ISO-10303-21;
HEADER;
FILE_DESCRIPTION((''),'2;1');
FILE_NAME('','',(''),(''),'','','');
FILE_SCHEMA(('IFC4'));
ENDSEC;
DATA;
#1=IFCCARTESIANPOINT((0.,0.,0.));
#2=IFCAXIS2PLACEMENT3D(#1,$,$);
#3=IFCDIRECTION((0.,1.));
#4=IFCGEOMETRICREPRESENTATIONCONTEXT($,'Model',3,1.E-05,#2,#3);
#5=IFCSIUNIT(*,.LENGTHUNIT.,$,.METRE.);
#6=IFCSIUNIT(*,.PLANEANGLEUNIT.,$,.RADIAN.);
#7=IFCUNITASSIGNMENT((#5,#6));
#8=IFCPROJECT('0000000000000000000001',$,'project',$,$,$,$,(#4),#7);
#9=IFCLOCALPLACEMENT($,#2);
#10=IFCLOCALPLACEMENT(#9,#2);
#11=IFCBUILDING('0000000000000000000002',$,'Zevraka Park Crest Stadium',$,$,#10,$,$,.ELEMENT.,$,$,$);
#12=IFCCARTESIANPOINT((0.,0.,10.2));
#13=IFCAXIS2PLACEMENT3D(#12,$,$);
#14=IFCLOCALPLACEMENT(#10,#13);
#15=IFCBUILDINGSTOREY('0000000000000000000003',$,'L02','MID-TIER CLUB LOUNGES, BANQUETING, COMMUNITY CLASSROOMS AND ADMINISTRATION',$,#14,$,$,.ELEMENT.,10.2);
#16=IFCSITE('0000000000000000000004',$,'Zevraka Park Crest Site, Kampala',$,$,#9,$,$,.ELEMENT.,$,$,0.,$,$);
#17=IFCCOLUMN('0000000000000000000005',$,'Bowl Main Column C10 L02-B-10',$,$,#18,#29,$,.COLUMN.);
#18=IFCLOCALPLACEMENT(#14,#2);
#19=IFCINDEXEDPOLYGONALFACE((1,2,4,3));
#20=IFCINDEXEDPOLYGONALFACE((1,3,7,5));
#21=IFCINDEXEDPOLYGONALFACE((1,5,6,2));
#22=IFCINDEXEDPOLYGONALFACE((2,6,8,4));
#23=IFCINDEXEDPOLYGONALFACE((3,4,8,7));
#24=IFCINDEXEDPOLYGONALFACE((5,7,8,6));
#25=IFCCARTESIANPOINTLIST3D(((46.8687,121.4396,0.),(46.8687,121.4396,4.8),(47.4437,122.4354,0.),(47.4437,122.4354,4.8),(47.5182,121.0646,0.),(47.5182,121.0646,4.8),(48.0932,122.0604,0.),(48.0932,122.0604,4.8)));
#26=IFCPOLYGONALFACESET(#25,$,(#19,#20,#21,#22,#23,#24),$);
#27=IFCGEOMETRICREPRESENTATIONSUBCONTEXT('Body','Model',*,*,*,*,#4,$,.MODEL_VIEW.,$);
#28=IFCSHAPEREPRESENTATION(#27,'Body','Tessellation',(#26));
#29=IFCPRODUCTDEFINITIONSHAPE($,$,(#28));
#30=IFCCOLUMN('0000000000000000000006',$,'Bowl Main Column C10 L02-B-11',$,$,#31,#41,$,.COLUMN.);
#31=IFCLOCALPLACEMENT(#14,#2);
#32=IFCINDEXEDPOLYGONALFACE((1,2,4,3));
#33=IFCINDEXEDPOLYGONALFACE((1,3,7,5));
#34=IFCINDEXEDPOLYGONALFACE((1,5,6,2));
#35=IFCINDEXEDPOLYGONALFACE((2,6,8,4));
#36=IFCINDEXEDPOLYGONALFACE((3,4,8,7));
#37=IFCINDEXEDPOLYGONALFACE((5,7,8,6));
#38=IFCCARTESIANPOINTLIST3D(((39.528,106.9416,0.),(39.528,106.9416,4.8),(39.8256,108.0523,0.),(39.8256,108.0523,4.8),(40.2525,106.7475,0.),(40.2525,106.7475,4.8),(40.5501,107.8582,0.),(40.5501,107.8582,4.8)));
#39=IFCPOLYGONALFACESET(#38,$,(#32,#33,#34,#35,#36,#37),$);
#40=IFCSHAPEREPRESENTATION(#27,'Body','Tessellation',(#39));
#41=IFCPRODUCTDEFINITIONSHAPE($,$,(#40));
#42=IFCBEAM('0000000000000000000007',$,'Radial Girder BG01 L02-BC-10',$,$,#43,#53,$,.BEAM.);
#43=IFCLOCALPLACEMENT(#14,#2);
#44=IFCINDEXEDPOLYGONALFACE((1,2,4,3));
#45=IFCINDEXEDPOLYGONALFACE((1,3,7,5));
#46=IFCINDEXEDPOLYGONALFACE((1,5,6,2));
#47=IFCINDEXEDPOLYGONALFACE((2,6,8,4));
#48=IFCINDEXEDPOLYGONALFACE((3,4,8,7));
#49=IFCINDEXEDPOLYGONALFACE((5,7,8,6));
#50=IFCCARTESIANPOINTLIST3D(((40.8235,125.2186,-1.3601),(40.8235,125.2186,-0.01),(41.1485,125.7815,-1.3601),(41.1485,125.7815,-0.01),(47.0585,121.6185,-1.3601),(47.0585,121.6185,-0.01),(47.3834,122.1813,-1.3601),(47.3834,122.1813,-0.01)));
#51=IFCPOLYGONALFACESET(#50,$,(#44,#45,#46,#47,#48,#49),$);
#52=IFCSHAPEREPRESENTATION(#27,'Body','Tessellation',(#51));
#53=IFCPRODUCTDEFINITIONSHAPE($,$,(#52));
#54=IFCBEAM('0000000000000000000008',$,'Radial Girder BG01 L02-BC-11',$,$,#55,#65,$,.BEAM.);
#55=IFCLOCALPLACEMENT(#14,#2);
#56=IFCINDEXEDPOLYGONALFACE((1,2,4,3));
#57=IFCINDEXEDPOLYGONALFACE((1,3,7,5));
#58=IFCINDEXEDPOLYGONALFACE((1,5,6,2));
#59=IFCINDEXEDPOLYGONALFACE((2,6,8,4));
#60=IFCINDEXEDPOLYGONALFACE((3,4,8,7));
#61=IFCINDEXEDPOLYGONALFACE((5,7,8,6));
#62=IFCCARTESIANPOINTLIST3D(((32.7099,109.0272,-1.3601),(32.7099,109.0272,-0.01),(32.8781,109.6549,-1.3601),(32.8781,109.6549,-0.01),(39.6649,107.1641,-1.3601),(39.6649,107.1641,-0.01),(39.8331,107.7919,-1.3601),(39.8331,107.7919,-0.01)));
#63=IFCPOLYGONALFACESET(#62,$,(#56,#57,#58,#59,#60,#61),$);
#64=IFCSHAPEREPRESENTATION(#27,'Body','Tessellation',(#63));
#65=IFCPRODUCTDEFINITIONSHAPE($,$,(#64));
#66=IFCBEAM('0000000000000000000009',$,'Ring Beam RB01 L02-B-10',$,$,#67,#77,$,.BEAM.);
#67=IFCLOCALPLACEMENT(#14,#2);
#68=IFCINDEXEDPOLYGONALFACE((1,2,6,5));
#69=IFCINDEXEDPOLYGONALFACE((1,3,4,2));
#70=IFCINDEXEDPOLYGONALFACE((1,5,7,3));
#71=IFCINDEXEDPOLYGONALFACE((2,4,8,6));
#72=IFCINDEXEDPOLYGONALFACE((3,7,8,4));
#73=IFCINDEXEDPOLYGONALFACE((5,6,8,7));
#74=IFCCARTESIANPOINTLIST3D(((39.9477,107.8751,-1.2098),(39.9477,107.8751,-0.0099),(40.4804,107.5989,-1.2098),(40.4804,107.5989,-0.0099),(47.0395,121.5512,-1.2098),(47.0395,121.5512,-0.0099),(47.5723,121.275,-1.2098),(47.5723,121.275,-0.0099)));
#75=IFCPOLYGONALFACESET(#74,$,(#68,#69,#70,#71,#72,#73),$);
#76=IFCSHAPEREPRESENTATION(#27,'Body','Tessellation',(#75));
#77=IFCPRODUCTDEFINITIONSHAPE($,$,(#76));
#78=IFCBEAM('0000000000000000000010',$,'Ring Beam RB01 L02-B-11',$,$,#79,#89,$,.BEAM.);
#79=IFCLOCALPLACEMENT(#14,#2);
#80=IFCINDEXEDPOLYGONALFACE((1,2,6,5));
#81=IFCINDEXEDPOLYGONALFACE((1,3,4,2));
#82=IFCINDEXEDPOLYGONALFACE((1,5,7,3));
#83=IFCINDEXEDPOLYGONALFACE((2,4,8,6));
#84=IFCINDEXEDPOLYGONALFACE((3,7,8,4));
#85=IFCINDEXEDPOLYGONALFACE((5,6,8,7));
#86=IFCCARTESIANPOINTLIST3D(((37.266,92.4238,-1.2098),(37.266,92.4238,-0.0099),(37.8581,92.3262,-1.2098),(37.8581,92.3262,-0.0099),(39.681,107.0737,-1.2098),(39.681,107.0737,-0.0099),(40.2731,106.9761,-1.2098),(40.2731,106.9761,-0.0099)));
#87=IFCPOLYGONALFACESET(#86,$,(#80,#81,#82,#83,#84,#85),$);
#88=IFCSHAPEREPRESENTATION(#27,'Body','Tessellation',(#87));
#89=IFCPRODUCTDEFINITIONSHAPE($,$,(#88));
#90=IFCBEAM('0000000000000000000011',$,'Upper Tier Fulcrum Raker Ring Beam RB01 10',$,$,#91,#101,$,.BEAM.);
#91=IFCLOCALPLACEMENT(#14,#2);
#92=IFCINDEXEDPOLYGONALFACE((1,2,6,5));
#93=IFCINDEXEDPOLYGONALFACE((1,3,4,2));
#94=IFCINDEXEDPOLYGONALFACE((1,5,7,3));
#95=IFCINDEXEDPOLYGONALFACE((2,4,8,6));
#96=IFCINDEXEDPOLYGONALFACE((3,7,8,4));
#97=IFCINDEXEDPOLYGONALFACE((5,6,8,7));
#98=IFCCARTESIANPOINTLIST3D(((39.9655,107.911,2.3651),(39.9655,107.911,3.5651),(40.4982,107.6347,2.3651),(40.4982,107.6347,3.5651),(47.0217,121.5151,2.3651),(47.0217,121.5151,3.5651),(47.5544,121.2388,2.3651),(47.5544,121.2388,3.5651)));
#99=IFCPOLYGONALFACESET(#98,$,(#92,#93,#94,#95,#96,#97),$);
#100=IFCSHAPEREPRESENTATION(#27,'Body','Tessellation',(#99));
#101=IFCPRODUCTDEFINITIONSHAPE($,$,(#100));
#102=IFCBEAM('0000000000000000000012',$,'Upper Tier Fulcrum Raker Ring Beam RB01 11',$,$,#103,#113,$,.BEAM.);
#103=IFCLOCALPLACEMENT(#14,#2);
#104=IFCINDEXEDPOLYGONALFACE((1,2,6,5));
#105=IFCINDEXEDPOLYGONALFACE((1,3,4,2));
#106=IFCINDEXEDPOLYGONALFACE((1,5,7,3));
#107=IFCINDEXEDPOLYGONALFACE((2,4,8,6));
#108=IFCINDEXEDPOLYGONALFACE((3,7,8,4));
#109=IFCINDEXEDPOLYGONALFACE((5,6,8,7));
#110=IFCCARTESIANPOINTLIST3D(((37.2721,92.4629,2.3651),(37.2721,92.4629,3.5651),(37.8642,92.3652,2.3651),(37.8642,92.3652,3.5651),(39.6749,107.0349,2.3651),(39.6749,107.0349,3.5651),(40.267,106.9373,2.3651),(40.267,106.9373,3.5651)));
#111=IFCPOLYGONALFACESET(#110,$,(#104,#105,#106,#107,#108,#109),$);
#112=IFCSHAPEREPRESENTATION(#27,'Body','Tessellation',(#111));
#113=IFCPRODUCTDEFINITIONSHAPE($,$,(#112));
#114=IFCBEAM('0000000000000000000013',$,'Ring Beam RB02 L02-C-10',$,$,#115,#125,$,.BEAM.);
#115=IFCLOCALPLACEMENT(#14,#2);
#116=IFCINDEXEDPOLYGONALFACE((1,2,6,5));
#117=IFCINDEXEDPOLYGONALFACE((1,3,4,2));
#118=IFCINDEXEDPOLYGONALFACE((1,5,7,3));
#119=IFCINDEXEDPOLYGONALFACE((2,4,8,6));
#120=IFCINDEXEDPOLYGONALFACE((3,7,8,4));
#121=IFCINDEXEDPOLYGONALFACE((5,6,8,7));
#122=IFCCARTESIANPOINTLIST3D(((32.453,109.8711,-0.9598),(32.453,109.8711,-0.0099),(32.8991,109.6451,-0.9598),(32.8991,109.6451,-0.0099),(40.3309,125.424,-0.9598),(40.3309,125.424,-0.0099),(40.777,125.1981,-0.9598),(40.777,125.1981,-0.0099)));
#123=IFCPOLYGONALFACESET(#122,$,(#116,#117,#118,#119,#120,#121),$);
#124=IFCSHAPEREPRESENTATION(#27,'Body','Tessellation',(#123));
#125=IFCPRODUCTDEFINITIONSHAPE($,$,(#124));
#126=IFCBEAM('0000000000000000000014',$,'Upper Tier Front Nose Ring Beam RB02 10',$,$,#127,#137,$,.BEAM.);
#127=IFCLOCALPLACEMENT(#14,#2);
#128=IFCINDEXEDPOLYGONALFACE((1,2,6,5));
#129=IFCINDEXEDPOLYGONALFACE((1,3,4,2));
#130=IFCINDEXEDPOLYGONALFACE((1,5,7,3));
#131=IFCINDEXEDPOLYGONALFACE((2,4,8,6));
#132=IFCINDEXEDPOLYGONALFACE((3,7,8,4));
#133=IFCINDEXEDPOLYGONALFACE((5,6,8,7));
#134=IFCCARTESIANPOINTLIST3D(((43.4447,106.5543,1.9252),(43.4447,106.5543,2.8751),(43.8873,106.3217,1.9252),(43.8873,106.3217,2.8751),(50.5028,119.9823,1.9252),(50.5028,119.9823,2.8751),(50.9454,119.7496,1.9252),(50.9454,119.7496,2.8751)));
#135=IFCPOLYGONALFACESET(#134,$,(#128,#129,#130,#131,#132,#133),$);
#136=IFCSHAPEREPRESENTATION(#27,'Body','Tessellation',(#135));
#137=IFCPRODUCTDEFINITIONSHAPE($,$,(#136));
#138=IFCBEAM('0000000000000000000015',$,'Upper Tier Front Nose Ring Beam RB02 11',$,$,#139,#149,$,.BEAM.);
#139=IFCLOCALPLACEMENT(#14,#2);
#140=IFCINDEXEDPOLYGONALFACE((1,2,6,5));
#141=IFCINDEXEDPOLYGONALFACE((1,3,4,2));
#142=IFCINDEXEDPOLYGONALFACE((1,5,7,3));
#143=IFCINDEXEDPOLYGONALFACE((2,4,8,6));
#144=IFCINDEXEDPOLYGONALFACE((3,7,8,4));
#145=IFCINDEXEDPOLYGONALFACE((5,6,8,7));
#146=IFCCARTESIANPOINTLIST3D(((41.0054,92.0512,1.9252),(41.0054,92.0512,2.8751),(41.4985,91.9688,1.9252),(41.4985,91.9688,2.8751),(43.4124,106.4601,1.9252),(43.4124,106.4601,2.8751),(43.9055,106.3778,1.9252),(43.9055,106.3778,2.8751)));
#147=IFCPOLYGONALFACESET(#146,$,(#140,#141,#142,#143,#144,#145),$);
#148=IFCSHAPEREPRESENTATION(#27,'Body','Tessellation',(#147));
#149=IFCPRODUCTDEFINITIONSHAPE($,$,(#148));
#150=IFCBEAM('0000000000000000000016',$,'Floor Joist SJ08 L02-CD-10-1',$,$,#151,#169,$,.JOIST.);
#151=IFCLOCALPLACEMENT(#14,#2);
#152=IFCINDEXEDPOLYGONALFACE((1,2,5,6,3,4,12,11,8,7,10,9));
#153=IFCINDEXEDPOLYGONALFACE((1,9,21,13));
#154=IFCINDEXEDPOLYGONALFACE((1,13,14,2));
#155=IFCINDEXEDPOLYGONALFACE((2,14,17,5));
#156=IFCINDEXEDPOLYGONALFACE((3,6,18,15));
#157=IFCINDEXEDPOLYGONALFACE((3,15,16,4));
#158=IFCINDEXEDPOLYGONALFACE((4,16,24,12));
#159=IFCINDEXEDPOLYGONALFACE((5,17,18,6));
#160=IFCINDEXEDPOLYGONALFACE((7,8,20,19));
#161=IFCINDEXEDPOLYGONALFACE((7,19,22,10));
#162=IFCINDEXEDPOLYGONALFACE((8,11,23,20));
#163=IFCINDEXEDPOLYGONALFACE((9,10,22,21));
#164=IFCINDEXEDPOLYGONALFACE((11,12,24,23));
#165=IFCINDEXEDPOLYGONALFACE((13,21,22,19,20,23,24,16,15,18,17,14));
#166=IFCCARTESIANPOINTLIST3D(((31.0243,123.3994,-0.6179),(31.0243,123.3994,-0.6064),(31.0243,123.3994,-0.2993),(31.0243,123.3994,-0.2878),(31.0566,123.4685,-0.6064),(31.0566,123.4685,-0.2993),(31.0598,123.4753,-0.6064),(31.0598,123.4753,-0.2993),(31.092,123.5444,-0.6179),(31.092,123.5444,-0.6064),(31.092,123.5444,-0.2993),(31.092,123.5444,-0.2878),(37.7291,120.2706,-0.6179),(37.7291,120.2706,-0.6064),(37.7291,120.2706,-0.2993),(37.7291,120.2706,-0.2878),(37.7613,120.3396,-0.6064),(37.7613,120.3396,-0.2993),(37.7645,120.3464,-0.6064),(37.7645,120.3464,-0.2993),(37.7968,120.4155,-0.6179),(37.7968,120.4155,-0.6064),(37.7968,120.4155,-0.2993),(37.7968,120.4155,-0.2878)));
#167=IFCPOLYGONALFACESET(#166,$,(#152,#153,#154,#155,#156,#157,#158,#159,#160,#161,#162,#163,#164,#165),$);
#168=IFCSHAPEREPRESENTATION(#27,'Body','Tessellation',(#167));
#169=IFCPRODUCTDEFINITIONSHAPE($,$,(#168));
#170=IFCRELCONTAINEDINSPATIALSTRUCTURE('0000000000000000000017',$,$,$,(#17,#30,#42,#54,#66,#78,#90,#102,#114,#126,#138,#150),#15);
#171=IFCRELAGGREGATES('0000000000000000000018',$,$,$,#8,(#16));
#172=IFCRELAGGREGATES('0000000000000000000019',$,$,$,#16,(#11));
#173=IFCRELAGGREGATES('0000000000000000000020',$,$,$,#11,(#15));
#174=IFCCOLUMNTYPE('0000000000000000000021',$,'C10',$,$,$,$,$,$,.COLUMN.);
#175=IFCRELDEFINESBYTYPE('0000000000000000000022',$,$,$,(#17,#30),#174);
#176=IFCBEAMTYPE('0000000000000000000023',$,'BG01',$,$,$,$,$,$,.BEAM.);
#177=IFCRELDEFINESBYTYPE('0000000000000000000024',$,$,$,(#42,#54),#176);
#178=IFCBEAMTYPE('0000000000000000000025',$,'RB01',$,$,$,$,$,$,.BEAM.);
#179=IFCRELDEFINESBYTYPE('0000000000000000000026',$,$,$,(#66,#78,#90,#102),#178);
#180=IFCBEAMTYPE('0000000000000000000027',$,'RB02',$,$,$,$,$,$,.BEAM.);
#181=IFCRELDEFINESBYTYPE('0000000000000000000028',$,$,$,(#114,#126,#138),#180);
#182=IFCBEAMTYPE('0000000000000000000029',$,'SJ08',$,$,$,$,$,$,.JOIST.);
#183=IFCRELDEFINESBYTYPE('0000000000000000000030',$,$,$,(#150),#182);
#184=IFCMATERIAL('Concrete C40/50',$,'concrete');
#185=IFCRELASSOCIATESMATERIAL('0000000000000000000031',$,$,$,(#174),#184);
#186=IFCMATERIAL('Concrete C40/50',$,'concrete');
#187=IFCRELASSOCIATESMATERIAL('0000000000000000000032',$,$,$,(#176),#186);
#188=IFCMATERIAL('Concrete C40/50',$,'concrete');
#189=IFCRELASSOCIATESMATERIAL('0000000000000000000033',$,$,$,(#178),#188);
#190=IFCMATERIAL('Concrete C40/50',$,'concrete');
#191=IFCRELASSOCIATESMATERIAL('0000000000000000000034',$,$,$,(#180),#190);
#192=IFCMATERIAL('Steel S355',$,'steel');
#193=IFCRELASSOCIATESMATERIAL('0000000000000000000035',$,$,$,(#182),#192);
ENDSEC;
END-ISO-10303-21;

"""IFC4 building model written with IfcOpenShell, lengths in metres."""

from ifc_helpers import new_model, si_unit, direction, frame, origin, origin_2d, place, context, subcontext, project, spatial, rectangle, i_section, extrude, material, material_profile, profile_set, type_object, element, save


model = new_model("IFC4")

# Units and contexts
model_context = context("Model", 3, precision=1e-05, world=origin(), true_north=direction((0.0, 1.0)))
body_context = subcontext(model_context, "Body", "Model", "MODEL_VIEW")
ifc_project = project(units=[si_unit("LENGTHUNIT", "METRE"), si_unit("PLANEANGLEUNIT", "RADIAN")], contexts=[model_context])

# Site, building, storey
site_placement = place(None, origin())
site = spatial("IfcSite", under=ifc_project, at=site_placement, Name="Zevraka Park Crest Site, Kampala", CompositionType="ELEMENT", RefElevation=0.0)
building_placement = place(site_placement, origin())
building = spatial("IfcBuilding", under=site, at=building_placement, Name="Zevraka Park Crest Stadium", CompositionType="ELEMENT")
storey_placement = place(building_placement, frame((0.0, 0.0, 10.2)))
storey = spatial("IfcBuildingStorey", under=building, at=storey_placement, Name="L02", Description="MID-TIER CLUB LOUNGES, BANQUETING, COMMUNITY CLASSROOMS AND ADMINISTRATION", CompositionType="ELEMENT", Elevation=10.2)

# Columns
ifc_material_1 = material(Name="Concrete C40/50", Category="concrete")
ifc_material_profile_1 = material_profile(ifc_material_1, rectangle(XDim=0.75, YDim=1.1499, at=origin_2d()), Name="RC 1150x750")
ifc_profile_set_1 = profile_set([ifc_material_profile_1], Name="Concrete C40/50")
column_type = type_object("IfcColumnType", Name="C10", PredefinedType="COLUMN", material=ifc_profile_set_1)
for number, where, z_axis, x_axis, name in (
    (1, (47.481, 121.75, 0.0), (0.0, 0.0, 1.0), (-0.866025, 0.5, 0.0), "Bowl Main Column C10 L02-B-10"),
    (2, (40.0391, 107.3999, 0.0), (0.0, 0.0, 1.0), (-0.965926, 0.258819, 0.0), "Bowl Main Column C10 L02-B-11"),
):
    element("IfcColumn", number, at=place(storey_placement, frame(where, z_axis=z_axis, x_axis=x_axis)), inside=storey, type_object=column_type, Name=name, PredefinedType="COLUMN", context=body_context, shape_type="SweptSolid", body=[
        extrude(rectangle(XDim=0.75, YDim=1.1499, at=origin_2d()), origin(), (0.0, 0.0, 1.0), 4.8),
    ])

# Beams
ifc_material_2 = material(Name="Concrete C40/50", Category="concrete")
ifc_material_profile_2 = material_profile(ifc_material_2, rectangle(XDim=0.6499, YDim=1.3501, at=origin_2d()), Name="RC 1350x650")
ifc_profile_set_2 = profile_set([ifc_material_profile_2], Name="Concrete C40/50")
beam_type_1 = type_object("IfcBeamType", Name="BG01", PredefinedType="BEAM", material=ifc_profile_set_2)
beam_1_placement = place(storey_placement, frame((47.2209, 121.8999, -0.6851), z_axis=(-0.866001, 0.500041, 0.0), x_axis=(-0.500041, -0.866001, 0.0)))
element("IfcBeam", 3, at=beam_1_placement, inside=storey, type_object=beam_type_1, Name="Radial Girder BG01 L02-BC-10", PredefinedType="BEAM", context=body_context, shape_type="SweptSolid", body=[
    extrude(rectangle(XDim=0.6499, YDim=1.3501, at=origin_2d()), origin(), (0.0, 0.0, 1.0), 7.1997),
])
beam_2_placement = place(storey_placement, frame((39.749, 107.478, -0.6851), z_axis=(-0.965946, 0.258745, 0.0), x_axis=(-0.258745, -0.965946, 0.0)))
element("IfcBeam", 4, at=beam_2_placement, inside=storey, type_object=beam_type_1, Name="Radial Girder BG01 L02-BC-11", PredefinedType="BEAM", context=body_context, shape_type="SweptSolid", body=[
    extrude(rectangle(XDim=0.6499, YDim=1.3501, at=origin_2d()), origin(), (0.0, 0.0, 1.0), 7.2002),
])
ifc_material_3 = material(Name="Concrete C40/50", Category="concrete")
ifc_material_profile_3 = material_profile(ifc_material_3, rectangle(XDim=0.6001, YDim=1.2, at=origin_2d()), Name="RC 1200x600")
ifc_profile_set_3 = profile_set([ifc_material_profile_3], Name="Concrete C40/50")
beam_type_2 = type_object("IfcBeamType", Name="RB01", PredefinedType="BEAM", material=ifc_profile_set_3)
beam_3_placement = place(storey_placement, frame((47.3059, 121.4131, -0.6099), z_axis=(-0.460344, -0.887741, 0.0), x_axis=(0.887741, -0.460344, 0.0)))
element("IfcBeam", 5, at=beam_3_placement, inside=storey, type_object=beam_type_2, Name="Ring Beam RB01 L02-B-10", PredefinedType="BEAM", context=body_context, shape_type="SweptSolid", body=[
    extrude(rectangle(XDim=0.6001, YDim=1.2, at=origin_2d()), origin(), (0.0, 0.0, 1.0), 15.4055),
])
beam_4_placement = place(storey_placement, frame((39.9771, 107.0249, -0.6099), z_axis=(-0.162655, -0.986683, 0.0), x_axis=(0.986683, -0.162655, 0.0)))
element("IfcBeam", 6, at=beam_4_placement, inside=storey, type_object=beam_type_2, Name="Ring Beam RB01 L02-B-11", PredefinedType="BEAM", context=body_context, shape_type="SweptSolid", body=[
    extrude(rectangle(XDim=0.6001, YDim=1.2, at=origin_2d()), origin(), (0.0, 0.0, 1.0), 14.8477),
])
beam_5_placement = place(storey_placement, frame((47.2881, 121.377, 2.9651), z_axis=(-0.460432, -0.887695, 0.0), x_axis=(0.887695, -0.460432, 0.0)))
element("IfcBeam", 7, at=beam_5_placement, inside=storey, type_object=beam_type_2, Name="Upper Tier Fulcrum Raker Ring Beam RB01 10", PredefinedType="BEAM", context=body_context, shape_type="SweptSolid", body=[
    extrude(rectangle(XDim=0.6001, YDim=1.2, at=origin_2d()), origin(), (0.0, 0.0, 1.0), 15.3252),
])
beam_6_placement = place(storey_placement, frame((39.9709, 106.9861, 2.9651), z_axis=(-0.162697, -0.986676, 0.0), x_axis=(0.986676, -0.162697, 0.0)))
element("IfcBeam", 8, at=beam_6_placement, inside=storey, type_object=beam_type_2, Name="Upper Tier Fulcrum Raker Ring Beam RB01 11", PredefinedType="BEAM", context=body_context, shape_type="SweptSolid", body=[
    extrude(rectangle(XDim=0.6001, YDim=1.2, at=origin_2d()), origin(), (0.0, 0.0, 1.0), 14.7688),
])
ifc_material_4 = material(Name="Concrete C40/50", Category="concrete")
ifc_material_profile_4 = material_profile(ifc_material_4, rectangle(XDim=0.5, YDim=0.95, at=origin_2d()), Name="RC 950x500")
ifc_profile_set_4 = profile_set([ifc_material_profile_4], Name="Concrete C40/50")
beam_type_3 = type_object("IfcBeamType", Name="RB02", PredefinedType="BEAM", material=ifc_profile_set_4)
beam_7_placement = place(storey_placement, frame((40.554, 125.311, -0.4849), z_axis=(-0.451862, -0.892088, 0.0), x_axis=(0.892088, -0.451862, 0.0)))
element("IfcBeam", 9, at=beam_7_placement, inside=storey, type_object=beam_type_3, Name="Ring Beam RB02 L02-C-10", PredefinedType="BEAM", context=body_context, shape_type="SweptSolid", body=[
    extrude(rectangle(XDim=0.5, YDim=0.95, at=origin_2d()), origin(), (0.0, 0.0, 1.0), 17.4343),
])
beam_8_placement = place(storey_placement, frame((50.7241, 119.866, 2.4001), z_axis=(-0.465269, -0.885169, 0.0), x_axis=(0.885169, -0.465269, 0.0)))
element("IfcBeam", 10, at=beam_8_placement, inside=storey, type_object=beam_type_3, Name="Upper Tier Front Nose Ring Beam RB02 10", PredefinedType="BEAM", context=body_context, shape_type="SweptSolid", body=[
    extrude(rectangle(XDim=0.5, YDim=0.95, at=origin_2d()), origin(), (0.0, 0.0, 1.0), 15.1699),
])
beam_9_placement = place(storey_placement, frame((43.6589, 106.4189, 2.4001), z_axis=(-0.164765, -0.986333, 0.0), x_axis=(0.986333, -0.164765, 0.0)))
element("IfcBeam", 11, at=beam_9_placement, inside=storey, type_object=beam_type_3, Name="Upper Tier Front Nose Ring Beam RB02 11", PredefinedType="BEAM", context=body_context, shape_type="SweptSolid", body=[
    extrude(rectangle(XDim=0.5, YDim=0.95, at=origin_2d()), origin(), (0.0, 0.0, 1.0), 14.6086),
])
ifc_material_5 = material(Name="Steel S355", Category="steel")
ifc_material_profile_5 = material_profile(ifc_material_5, i_section(OverallWidth=0.1599, OverallDepth=0.3301, WebThickness=0.0076, FlangeThickness=0.0115, at=origin_2d()), Name="IPE 330")
ifc_profile_set_5 = profile_set([ifc_material_profile_5], Name="Steel S355")
beam_type_4 = type_object("IfcBeamType", Name="SJ08", PredefinedType="JOIST", material=ifc_profile_set_5)
beam_10_placement = place(storey_placement, frame((37.7629, 120.343, -0.4529), z_axis=(-0.906184, 0.422884, 0.0), x_axis=(-0.422884, -0.906184, 0.0)))
element("IfcBeam", 12, at=beam_10_placement, inside=storey, type_object=beam_type_4, Name="Floor Joist SJ08 L02-CD-10-1", PredefinedType="JOIST", context=body_context, shape_type="SweptSolid", body=[
    extrude(i_section(OverallWidth=0.1599, OverallDepth=0.3301, WebThickness=0.0076, FlangeThickness=0.0115, at=origin_2d()), origin(), (0.0, 0.0, 1.0), 7.3989),
])

save(model, "model.ifc")
